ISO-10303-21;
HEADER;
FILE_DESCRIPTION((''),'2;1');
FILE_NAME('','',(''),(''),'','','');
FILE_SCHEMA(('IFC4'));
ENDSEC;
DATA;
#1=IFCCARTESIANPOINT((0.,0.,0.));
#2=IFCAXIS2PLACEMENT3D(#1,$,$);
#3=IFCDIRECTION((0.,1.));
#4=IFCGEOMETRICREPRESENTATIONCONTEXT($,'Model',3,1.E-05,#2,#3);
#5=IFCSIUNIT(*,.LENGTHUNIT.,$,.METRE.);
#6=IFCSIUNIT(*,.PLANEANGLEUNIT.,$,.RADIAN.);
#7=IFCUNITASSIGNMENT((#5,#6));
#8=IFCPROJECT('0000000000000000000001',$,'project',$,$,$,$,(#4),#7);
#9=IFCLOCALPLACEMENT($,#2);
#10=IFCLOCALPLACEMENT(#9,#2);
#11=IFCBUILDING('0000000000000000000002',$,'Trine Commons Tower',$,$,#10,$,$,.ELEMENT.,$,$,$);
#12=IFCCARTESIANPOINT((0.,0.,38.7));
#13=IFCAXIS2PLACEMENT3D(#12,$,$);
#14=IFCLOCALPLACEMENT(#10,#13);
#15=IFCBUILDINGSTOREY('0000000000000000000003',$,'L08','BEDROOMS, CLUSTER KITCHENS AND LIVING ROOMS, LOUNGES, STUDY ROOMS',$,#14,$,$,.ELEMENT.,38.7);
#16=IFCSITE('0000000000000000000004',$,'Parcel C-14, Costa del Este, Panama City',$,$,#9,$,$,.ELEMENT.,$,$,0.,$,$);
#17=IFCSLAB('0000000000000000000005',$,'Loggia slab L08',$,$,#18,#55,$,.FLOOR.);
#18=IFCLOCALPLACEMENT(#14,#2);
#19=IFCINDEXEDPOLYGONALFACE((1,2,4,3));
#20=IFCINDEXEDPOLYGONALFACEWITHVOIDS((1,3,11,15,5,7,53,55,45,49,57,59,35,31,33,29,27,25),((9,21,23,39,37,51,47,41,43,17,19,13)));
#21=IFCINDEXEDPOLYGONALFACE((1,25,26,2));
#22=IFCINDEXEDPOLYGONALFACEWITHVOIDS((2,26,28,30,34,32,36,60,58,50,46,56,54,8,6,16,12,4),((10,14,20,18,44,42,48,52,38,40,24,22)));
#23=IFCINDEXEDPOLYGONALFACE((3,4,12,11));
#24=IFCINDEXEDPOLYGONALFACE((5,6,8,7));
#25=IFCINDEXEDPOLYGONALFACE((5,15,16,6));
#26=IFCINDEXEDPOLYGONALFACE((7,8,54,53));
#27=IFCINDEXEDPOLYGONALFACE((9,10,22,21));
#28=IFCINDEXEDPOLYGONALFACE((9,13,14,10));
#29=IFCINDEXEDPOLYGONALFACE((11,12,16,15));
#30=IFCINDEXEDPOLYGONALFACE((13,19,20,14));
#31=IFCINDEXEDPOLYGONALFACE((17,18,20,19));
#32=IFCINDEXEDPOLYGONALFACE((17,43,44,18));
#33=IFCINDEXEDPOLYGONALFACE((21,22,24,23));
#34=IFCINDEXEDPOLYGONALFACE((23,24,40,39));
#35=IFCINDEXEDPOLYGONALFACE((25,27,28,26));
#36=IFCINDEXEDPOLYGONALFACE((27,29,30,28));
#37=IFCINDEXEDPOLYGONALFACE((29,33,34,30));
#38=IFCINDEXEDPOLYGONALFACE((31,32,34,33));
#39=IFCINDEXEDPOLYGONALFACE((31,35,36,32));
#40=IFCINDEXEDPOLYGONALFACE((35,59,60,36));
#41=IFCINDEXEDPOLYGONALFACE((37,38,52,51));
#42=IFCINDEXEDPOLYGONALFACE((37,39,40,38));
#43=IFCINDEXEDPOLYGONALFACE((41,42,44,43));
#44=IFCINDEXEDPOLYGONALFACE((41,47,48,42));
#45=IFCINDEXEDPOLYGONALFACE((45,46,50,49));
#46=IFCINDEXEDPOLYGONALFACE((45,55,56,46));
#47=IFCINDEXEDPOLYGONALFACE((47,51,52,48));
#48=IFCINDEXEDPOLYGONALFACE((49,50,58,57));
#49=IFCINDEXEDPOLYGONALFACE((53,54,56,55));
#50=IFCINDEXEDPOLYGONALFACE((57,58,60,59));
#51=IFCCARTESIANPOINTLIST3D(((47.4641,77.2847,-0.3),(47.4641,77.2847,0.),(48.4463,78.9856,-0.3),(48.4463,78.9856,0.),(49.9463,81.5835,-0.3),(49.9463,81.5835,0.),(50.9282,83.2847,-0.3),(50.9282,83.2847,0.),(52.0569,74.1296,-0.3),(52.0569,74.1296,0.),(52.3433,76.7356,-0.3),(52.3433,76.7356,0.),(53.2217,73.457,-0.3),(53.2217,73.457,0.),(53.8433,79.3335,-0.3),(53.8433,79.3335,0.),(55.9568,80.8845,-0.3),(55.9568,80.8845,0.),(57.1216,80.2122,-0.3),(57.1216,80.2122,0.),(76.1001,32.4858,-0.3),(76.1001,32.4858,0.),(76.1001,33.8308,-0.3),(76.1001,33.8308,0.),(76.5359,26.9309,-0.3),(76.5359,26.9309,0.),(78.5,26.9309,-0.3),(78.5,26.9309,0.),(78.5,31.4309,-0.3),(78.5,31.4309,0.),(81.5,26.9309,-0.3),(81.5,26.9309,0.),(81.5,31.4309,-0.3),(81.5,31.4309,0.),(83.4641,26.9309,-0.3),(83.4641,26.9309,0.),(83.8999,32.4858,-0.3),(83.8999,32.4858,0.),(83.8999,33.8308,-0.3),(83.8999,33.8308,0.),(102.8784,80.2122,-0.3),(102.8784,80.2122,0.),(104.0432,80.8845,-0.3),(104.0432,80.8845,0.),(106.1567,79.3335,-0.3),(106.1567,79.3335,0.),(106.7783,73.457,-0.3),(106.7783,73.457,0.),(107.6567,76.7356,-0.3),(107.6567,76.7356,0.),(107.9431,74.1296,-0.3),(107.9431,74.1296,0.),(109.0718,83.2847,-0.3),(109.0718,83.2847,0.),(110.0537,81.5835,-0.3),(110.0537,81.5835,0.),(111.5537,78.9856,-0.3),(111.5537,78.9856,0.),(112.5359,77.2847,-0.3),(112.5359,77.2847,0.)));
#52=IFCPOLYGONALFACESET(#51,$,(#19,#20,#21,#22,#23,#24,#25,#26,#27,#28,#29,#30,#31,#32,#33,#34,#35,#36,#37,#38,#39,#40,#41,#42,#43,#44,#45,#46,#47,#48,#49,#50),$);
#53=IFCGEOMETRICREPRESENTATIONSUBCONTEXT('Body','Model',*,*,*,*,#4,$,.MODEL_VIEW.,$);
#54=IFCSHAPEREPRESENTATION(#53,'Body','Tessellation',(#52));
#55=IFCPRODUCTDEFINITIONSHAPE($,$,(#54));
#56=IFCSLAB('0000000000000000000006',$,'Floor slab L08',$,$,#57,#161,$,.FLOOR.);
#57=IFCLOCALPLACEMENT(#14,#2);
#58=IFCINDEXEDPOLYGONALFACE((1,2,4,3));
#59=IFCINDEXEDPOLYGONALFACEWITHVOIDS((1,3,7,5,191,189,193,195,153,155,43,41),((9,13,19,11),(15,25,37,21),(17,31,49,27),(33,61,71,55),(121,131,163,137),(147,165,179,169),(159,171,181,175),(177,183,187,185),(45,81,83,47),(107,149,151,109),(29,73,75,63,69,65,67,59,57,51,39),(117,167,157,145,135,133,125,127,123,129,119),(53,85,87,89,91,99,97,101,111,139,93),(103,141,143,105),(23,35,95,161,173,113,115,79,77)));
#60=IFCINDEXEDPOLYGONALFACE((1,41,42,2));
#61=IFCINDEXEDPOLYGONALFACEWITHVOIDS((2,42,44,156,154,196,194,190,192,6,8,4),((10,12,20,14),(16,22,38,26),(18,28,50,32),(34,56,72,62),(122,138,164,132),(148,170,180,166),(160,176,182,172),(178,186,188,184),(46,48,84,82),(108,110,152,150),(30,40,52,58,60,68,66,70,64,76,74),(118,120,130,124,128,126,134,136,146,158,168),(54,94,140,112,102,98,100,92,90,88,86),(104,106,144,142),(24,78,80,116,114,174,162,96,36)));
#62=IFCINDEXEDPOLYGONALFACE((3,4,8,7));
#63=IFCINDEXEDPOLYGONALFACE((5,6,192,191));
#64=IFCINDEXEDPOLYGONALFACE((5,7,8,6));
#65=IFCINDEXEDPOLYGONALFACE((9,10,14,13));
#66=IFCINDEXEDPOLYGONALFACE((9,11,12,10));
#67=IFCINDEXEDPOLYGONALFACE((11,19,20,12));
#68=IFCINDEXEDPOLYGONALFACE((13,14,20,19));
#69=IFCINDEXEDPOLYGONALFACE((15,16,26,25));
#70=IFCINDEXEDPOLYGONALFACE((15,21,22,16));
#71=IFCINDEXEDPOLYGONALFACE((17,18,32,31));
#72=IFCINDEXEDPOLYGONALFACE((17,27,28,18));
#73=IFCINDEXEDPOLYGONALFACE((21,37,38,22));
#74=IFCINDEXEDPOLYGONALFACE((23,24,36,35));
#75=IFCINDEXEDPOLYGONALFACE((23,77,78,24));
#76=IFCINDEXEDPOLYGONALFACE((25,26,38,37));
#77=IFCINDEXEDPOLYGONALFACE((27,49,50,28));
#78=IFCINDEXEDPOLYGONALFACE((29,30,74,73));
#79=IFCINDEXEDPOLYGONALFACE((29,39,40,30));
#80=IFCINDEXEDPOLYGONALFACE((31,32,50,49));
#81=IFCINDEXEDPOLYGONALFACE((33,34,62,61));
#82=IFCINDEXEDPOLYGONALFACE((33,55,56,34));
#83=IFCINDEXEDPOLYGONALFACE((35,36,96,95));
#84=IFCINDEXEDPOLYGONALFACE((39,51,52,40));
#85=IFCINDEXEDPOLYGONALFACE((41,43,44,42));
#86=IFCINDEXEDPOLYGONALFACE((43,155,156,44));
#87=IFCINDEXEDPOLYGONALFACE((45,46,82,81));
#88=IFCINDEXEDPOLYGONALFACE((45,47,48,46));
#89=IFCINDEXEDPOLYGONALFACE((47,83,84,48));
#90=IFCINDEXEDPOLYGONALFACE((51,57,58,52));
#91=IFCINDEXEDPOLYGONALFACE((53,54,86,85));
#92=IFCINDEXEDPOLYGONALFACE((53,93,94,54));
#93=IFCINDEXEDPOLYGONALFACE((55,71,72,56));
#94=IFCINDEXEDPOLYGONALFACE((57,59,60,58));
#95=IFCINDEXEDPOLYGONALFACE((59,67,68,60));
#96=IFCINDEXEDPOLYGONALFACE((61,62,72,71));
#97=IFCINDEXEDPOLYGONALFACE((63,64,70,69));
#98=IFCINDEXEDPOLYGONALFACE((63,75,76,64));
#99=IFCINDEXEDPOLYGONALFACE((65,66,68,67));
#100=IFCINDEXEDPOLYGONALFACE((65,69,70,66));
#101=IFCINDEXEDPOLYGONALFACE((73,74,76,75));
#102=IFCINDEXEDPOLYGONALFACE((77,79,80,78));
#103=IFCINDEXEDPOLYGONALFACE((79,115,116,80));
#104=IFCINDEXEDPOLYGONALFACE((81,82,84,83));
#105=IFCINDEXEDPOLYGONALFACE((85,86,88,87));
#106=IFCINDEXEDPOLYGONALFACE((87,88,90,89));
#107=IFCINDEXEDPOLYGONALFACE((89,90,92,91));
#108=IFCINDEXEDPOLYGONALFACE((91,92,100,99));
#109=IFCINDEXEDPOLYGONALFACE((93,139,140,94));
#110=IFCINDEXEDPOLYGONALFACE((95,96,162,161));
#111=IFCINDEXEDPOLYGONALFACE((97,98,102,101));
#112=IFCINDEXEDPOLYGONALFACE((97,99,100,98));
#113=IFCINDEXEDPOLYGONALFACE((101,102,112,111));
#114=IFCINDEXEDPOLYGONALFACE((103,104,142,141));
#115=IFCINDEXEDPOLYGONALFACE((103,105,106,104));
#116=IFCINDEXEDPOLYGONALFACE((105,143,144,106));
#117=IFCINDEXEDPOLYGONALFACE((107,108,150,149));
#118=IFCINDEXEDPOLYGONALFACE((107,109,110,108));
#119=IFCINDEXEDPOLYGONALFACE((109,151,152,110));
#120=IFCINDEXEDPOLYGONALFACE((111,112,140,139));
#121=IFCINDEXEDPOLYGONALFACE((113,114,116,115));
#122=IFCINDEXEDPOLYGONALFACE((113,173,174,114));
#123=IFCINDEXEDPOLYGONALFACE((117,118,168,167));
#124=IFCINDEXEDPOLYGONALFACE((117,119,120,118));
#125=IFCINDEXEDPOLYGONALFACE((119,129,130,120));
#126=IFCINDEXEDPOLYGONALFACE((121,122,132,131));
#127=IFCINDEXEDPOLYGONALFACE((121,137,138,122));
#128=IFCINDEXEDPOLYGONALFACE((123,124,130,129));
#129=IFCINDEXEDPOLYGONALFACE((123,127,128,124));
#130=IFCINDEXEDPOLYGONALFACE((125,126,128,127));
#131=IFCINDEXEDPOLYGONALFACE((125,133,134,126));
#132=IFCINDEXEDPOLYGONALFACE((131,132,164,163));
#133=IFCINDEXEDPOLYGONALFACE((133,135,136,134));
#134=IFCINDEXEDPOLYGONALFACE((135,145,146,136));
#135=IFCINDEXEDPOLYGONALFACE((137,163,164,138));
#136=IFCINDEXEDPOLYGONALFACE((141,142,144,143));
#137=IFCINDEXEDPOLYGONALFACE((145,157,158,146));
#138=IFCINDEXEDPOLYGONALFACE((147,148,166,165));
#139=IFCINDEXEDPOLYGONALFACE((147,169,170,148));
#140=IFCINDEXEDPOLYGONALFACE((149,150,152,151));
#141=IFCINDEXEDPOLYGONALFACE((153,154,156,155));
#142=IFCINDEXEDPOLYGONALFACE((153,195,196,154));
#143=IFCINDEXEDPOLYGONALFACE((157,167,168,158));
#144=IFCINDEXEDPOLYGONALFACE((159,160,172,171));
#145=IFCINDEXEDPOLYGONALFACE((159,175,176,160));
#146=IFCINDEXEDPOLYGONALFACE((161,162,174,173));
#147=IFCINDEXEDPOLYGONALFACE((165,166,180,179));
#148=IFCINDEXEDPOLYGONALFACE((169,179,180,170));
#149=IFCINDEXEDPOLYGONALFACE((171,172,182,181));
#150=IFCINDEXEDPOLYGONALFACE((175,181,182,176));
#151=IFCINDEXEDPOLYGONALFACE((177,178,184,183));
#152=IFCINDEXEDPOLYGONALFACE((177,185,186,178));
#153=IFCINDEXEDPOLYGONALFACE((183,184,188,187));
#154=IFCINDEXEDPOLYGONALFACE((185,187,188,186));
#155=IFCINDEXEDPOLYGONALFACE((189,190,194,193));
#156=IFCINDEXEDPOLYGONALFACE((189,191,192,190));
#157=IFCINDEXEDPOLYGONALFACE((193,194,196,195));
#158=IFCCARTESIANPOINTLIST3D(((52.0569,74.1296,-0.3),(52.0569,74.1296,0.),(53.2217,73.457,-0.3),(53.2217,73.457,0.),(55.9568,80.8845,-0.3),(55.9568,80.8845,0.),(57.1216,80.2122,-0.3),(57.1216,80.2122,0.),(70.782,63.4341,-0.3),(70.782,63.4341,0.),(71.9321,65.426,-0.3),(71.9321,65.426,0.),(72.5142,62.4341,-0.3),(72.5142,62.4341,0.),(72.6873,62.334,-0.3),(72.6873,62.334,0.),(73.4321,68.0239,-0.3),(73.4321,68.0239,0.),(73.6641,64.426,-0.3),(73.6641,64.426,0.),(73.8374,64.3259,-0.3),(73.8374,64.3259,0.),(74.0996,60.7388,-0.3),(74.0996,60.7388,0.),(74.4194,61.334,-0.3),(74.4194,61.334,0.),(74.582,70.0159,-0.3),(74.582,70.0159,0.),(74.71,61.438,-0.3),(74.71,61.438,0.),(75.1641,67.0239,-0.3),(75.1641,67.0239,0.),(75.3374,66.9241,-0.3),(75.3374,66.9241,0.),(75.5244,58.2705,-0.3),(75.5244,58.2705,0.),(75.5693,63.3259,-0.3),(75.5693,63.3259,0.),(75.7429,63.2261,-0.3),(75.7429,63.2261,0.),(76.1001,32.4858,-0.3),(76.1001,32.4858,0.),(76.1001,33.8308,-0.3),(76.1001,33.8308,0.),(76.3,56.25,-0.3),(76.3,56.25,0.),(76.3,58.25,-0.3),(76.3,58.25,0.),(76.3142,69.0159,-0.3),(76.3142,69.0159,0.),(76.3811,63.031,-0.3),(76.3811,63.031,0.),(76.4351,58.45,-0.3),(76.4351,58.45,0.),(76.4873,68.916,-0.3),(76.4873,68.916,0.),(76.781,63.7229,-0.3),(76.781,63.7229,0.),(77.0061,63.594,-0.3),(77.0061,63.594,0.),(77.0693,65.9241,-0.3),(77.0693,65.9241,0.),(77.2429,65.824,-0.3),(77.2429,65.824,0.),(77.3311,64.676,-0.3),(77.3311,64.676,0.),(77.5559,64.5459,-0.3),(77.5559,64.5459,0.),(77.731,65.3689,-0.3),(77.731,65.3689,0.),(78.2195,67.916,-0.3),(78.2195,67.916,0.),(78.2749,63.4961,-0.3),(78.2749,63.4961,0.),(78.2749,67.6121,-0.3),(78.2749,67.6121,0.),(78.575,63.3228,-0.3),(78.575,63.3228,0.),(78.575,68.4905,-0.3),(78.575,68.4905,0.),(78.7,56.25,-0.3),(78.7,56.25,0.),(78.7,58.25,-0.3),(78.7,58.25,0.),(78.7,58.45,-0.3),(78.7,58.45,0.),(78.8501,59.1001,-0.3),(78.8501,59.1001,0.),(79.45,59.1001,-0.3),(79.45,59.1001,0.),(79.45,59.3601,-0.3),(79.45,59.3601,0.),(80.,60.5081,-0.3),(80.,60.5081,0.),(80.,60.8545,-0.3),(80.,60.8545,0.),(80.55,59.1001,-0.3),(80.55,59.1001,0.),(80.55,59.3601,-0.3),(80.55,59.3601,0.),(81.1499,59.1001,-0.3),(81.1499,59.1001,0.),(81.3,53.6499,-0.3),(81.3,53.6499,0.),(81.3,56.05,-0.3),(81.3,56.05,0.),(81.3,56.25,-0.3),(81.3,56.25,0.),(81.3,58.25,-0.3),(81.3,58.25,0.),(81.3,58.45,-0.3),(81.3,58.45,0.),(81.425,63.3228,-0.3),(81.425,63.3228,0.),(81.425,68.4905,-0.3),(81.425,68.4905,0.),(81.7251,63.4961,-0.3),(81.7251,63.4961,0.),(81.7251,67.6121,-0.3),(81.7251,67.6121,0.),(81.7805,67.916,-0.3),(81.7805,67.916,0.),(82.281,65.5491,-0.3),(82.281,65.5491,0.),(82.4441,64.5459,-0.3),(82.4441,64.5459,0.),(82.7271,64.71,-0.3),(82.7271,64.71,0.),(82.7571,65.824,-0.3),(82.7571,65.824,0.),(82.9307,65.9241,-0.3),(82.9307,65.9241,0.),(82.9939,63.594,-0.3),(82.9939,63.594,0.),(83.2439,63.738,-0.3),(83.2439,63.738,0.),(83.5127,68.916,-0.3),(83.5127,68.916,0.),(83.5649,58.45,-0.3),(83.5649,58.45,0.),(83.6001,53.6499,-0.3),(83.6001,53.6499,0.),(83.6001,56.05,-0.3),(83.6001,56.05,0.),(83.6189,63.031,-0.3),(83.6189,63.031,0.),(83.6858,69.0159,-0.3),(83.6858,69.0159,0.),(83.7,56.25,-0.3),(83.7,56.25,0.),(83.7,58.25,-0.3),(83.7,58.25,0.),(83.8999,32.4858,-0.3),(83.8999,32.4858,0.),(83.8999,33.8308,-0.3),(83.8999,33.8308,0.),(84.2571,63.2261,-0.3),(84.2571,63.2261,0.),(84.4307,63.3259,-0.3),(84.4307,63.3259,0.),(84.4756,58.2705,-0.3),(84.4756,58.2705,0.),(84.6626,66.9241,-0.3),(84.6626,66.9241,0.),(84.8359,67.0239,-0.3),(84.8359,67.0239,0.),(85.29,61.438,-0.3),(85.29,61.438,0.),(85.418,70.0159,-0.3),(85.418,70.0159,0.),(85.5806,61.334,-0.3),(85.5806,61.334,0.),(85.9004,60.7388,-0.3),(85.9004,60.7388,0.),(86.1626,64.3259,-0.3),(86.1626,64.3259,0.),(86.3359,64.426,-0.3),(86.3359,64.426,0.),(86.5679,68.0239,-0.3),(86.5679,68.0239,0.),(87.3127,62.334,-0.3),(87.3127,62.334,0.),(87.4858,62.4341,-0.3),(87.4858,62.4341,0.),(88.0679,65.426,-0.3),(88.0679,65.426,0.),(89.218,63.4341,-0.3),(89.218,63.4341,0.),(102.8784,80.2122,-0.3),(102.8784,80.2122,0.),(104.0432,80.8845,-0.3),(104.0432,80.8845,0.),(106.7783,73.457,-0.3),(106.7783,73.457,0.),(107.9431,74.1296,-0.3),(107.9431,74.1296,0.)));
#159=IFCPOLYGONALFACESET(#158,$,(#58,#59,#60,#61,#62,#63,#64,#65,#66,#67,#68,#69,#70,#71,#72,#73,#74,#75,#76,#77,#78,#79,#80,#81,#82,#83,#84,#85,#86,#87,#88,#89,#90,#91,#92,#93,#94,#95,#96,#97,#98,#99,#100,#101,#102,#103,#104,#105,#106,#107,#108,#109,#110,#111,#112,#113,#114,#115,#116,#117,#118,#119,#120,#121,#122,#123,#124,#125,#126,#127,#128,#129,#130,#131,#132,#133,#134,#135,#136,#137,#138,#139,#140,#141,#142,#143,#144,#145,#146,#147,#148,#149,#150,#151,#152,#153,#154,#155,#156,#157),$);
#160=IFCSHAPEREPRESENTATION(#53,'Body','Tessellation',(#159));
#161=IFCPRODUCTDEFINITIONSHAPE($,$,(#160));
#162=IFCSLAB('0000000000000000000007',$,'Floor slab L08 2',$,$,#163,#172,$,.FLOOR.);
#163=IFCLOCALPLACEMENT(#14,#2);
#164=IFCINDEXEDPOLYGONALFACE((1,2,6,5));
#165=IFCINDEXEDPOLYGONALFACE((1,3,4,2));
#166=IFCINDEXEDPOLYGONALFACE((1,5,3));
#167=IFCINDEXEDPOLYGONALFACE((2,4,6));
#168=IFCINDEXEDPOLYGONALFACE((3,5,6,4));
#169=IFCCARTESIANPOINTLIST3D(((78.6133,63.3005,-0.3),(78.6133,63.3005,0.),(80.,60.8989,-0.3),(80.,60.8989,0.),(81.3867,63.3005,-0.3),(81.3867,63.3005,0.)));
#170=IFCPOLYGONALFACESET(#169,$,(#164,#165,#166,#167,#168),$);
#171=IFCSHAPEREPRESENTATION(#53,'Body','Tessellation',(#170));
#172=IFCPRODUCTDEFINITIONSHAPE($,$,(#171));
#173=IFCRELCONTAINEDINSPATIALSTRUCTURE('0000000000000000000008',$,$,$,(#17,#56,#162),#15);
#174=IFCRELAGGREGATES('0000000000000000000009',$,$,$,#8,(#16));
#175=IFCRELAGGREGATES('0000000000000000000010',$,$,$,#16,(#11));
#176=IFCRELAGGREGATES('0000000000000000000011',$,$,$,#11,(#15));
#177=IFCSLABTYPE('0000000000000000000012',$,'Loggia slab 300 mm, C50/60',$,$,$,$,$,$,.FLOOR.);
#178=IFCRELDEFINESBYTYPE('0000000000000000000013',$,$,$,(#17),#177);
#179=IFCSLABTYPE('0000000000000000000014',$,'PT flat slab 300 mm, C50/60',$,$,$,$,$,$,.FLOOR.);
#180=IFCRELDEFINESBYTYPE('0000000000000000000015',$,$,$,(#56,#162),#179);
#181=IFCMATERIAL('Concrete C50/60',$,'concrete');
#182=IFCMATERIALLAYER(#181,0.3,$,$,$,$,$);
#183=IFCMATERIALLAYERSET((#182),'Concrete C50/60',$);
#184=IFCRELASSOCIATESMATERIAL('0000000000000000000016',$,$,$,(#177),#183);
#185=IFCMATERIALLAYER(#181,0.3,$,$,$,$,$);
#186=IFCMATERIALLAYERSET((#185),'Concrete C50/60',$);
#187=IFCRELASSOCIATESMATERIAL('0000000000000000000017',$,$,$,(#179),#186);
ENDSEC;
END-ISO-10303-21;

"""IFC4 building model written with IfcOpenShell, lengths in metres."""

from ifc_helpers import new_model, si_unit, direction, frame, origin, place, context, subcontext, project, spatial, polyline, outline, extrude, material, layer, layer_set, type_object, element, save


model = new_model("IFC4")

# Units and contexts
model_context = context("Model", 3, precision=1e-05, world=origin(), true_north=direction((0.0, 1.0)))
body_context = subcontext(model_context, "Body", "Model", "MODEL_VIEW")
ifc_project = project(units=[si_unit("LENGTHUNIT", "METRE"), si_unit("PLANEANGLEUNIT", "RADIAN")], contexts=[model_context])

# Site, building, storey
site_placement = place(None, origin())
site = spatial("IfcSite", under=ifc_project, at=site_placement, Name="Parcel C-14, Costa del Este, Panama City", CompositionType="ELEMENT", RefElevation=0.0)
building_placement = place(site_placement, origin())
building = spatial("IfcBuilding", under=site, at=building_placement, Name="Trine Commons Tower", CompositionType="ELEMENT")
storey_placement = place(building_placement, frame((0.0, 0.0, 38.7)))
storey = spatial("IfcBuildingStorey", under=building, at=storey_placement, Name="L08", Description="BEDROOMS, CLUSTER KITCHENS AND LIVING ROOMS, LOUNGES, STUDY ROOMS", CompositionType="ELEMENT", Elevation=38.7)

# Slabs
ifc_material_1 = material(Name="Concrete C50/60", Category="concrete")
ifc_layer_1 = layer(ifc_material_1, 0.3)
ifc_layer_set_1 = layer_set([ifc_layer_1], Name="Concrete C50/60")
slab_type_1 = type_object("IfcSlabType", Name="Loggia slab 300 mm, C50/60", PredefinedType="FLOOR", material=ifc_layer_set_1)
slab_1_placement = place(storey_placement, frame((0.0, 0.0, -0.3)))
element("IfcSlab", 1, at=slab_1_placement, inside=storey, type_object=slab_type_1, Name="Loggia slab L08", PredefinedType="FLOOR", context=body_context, shape_type="SweptSolid", body=[
    extrude(outline(polyline([(83.4641, 26.9309), (112.5359, 77.2847), (111.5537, 78.9856), (107.6567, 76.7356), (106.1567, 79.3335), (110.0537, 81.5835), (109.0718, 83.2847), (50.9282, 83.2847), (49.9463, 81.5835), (53.8433, 79.3335), (52.3433, 76.7356), (48.4463, 78.9856), (47.4641, 77.2847), (76.5359, 26.9309), (78.5, 26.9309), (78.5, 31.4309), (81.5, 31.4309), (81.5, 26.9309), (83.4641, 26.9309)]), holes=[polyline([(76.1001, 32.4858), (76.1001, 33.8308), (83.8999, 33.8308), (83.8999, 32.4858), (107.9431, 74.1296), (106.7783, 73.457), (102.8784, 80.2122), (104.0432, 80.8845), (55.9568, 80.8845), (57.1216, 80.2122), (53.2217, 73.457), (52.0569, 74.1296), (76.1001, 32.4858)])]), origin(), (0.0, 0.0, 1.0), 0.3),
])
ifc_layer_2 = layer(ifc_material_1, 0.3)
ifc_layer_set_2 = layer_set([ifc_layer_2], Name="Concrete C50/60")
slab_type_2 = type_object("IfcSlabType", Name="PT flat slab 300 mm, C50/60", PredefinedType="FLOOR", material=ifc_layer_set_2)
slab_2_placement = place(storey_placement, frame((0.0, 0.0, -0.3)))
element("IfcSlab", 2, at=slab_2_placement, inside=storey, type_object=slab_type_2, Name="Floor slab L08", PredefinedType="FLOOR", context=body_context, shape_type="SweptSolid", body=[
    extrude(outline(polyline([(52.0569, 74.1296), (76.1001, 32.4858), (76.1001, 33.8308), (83.8999, 33.8308), (83.8999, 32.4858), (107.9431, 74.1296), (106.7783, 73.457), (102.8784, 80.2122), (104.0432, 80.8845), (55.9568, 80.8845), (57.1216, 80.2122), (53.2217, 73.457), (52.0569, 74.1296)]), holes=[polyline([(76.3, 56.25), (78.7, 56.25), (78.7, 58.25), (76.3, 58.25), (76.3, 56.25)]), polyline([(81.1499, 59.1001), (81.3, 58.45), (83.5649, 58.45), (80.0, 60.5081), (76.4351, 58.45), (78.7, 58.45), (78.8501, 59.1001), (79.45, 59.1001), (79.45, 59.3601), (80.55, 59.3601), (80.55, 59.1001), (81.1499, 59.1001)]), polyline([(80.0, 60.8545), (84.4756, 58.2705), (85.9004, 60.7388), (81.425, 63.3228), (81.425, 68.4905), (78.575, 68.4905), (78.575, 63.3228), (74.0996, 60.7388), (75.5244, 58.2705), (80.0, 60.8545)]), polyline([(73.8374, 64.3259), (72.6873, 62.334), (74.4194, 61.334), (75.5693, 63.3259), (73.8374, 64.3259)]), polyline([(71.9321, 65.426), (70.782, 63.4341), (72.5142, 62.4341), (73.6641, 64.426), (71.9321, 65.426)]), polyline([(76.781, 63.7229), (76.3811, 63.031), (75.7429, 63.2261), (74.71, 61.438), (78.2749, 63.4961), (78.2749, 67.6121), (77.2429, 65.824), (77.731, 65.3689), (77.3311, 64.676), (77.5559, 64.5459), (77.0061, 63.594), (76.781, 63.7229)]), polyline([(76.4873, 68.916), (75.3374, 66.9241), (77.0693, 65.9241), (78.2195, 67.916), (76.4873, 68.916)]), polyline([(74.582, 70.0159), (73.4321, 68.0239), (75.1641, 67.0239), (76.3142, 69.0159), (74.582, 70.0159)]), polyline([(81.3, 53.6499), (83.6001, 53.6499), (83.6001, 56.05), (81.3, 56.05), (81.3, 53.6499)]), polyline([(81.3, 56.25), (83.7, 56.25), (83.7, 58.25), (81.3, 58.25), (81.3, 56.25)]), polyline([(87.3127, 62.334), (86.1626, 64.3259), (84.4307, 63.3259), (85.5806, 61.334), (87.3127, 62.334)]), polyline([(89.218, 63.4341), (88.0679, 65.426), (86.3359, 64.426), (87.4858, 62.4341), (89.218, 63.4341)]), polyline([(83.2439, 63.738), (82.9939, 63.594), (82.4441, 64.5459), (82.7271, 64.71), (82.281, 65.5491), (82.7571, 65.824), (81.7251, 67.6121), (81.7251, 63.4961), (85.29, 61.438), (84.2571, 63.2261), (83.6189, 63.031), (83.2439, 63.738)]), polyline([(82.9307, 65.9241), (84.6626, 66.9241), (83.5127, 68.916), (81.7805, 67.916), (82.9307, 65.9241)]), polyline([(84.8359, 67.0239), (86.5679, 68.0239), (85.418, 70.0159), (83.6858, 69.0159), (84.8359, 67.0239)])]), origin(), (0.0, 0.0, 1.0), 0.3),
])
slab_3_placement = place(storey_placement, frame((0.0, 0.0, -0.3)))
element("IfcSlab", 3, at=slab_3_placement, inside=storey, type_object=slab_type_2, Name="Floor slab L08 2", PredefinedType="FLOOR", context=body_context, shape_type="SweptSolid", body=[
    extrude(outline(polyline([(78.6133, 63.3005), (80.0, 60.8989), (81.3867, 63.3005), (78.6133, 63.3005)])), origin(), (0.0, 0.0, 1.0), 0.3),
])

save(model, "model.ifc")
